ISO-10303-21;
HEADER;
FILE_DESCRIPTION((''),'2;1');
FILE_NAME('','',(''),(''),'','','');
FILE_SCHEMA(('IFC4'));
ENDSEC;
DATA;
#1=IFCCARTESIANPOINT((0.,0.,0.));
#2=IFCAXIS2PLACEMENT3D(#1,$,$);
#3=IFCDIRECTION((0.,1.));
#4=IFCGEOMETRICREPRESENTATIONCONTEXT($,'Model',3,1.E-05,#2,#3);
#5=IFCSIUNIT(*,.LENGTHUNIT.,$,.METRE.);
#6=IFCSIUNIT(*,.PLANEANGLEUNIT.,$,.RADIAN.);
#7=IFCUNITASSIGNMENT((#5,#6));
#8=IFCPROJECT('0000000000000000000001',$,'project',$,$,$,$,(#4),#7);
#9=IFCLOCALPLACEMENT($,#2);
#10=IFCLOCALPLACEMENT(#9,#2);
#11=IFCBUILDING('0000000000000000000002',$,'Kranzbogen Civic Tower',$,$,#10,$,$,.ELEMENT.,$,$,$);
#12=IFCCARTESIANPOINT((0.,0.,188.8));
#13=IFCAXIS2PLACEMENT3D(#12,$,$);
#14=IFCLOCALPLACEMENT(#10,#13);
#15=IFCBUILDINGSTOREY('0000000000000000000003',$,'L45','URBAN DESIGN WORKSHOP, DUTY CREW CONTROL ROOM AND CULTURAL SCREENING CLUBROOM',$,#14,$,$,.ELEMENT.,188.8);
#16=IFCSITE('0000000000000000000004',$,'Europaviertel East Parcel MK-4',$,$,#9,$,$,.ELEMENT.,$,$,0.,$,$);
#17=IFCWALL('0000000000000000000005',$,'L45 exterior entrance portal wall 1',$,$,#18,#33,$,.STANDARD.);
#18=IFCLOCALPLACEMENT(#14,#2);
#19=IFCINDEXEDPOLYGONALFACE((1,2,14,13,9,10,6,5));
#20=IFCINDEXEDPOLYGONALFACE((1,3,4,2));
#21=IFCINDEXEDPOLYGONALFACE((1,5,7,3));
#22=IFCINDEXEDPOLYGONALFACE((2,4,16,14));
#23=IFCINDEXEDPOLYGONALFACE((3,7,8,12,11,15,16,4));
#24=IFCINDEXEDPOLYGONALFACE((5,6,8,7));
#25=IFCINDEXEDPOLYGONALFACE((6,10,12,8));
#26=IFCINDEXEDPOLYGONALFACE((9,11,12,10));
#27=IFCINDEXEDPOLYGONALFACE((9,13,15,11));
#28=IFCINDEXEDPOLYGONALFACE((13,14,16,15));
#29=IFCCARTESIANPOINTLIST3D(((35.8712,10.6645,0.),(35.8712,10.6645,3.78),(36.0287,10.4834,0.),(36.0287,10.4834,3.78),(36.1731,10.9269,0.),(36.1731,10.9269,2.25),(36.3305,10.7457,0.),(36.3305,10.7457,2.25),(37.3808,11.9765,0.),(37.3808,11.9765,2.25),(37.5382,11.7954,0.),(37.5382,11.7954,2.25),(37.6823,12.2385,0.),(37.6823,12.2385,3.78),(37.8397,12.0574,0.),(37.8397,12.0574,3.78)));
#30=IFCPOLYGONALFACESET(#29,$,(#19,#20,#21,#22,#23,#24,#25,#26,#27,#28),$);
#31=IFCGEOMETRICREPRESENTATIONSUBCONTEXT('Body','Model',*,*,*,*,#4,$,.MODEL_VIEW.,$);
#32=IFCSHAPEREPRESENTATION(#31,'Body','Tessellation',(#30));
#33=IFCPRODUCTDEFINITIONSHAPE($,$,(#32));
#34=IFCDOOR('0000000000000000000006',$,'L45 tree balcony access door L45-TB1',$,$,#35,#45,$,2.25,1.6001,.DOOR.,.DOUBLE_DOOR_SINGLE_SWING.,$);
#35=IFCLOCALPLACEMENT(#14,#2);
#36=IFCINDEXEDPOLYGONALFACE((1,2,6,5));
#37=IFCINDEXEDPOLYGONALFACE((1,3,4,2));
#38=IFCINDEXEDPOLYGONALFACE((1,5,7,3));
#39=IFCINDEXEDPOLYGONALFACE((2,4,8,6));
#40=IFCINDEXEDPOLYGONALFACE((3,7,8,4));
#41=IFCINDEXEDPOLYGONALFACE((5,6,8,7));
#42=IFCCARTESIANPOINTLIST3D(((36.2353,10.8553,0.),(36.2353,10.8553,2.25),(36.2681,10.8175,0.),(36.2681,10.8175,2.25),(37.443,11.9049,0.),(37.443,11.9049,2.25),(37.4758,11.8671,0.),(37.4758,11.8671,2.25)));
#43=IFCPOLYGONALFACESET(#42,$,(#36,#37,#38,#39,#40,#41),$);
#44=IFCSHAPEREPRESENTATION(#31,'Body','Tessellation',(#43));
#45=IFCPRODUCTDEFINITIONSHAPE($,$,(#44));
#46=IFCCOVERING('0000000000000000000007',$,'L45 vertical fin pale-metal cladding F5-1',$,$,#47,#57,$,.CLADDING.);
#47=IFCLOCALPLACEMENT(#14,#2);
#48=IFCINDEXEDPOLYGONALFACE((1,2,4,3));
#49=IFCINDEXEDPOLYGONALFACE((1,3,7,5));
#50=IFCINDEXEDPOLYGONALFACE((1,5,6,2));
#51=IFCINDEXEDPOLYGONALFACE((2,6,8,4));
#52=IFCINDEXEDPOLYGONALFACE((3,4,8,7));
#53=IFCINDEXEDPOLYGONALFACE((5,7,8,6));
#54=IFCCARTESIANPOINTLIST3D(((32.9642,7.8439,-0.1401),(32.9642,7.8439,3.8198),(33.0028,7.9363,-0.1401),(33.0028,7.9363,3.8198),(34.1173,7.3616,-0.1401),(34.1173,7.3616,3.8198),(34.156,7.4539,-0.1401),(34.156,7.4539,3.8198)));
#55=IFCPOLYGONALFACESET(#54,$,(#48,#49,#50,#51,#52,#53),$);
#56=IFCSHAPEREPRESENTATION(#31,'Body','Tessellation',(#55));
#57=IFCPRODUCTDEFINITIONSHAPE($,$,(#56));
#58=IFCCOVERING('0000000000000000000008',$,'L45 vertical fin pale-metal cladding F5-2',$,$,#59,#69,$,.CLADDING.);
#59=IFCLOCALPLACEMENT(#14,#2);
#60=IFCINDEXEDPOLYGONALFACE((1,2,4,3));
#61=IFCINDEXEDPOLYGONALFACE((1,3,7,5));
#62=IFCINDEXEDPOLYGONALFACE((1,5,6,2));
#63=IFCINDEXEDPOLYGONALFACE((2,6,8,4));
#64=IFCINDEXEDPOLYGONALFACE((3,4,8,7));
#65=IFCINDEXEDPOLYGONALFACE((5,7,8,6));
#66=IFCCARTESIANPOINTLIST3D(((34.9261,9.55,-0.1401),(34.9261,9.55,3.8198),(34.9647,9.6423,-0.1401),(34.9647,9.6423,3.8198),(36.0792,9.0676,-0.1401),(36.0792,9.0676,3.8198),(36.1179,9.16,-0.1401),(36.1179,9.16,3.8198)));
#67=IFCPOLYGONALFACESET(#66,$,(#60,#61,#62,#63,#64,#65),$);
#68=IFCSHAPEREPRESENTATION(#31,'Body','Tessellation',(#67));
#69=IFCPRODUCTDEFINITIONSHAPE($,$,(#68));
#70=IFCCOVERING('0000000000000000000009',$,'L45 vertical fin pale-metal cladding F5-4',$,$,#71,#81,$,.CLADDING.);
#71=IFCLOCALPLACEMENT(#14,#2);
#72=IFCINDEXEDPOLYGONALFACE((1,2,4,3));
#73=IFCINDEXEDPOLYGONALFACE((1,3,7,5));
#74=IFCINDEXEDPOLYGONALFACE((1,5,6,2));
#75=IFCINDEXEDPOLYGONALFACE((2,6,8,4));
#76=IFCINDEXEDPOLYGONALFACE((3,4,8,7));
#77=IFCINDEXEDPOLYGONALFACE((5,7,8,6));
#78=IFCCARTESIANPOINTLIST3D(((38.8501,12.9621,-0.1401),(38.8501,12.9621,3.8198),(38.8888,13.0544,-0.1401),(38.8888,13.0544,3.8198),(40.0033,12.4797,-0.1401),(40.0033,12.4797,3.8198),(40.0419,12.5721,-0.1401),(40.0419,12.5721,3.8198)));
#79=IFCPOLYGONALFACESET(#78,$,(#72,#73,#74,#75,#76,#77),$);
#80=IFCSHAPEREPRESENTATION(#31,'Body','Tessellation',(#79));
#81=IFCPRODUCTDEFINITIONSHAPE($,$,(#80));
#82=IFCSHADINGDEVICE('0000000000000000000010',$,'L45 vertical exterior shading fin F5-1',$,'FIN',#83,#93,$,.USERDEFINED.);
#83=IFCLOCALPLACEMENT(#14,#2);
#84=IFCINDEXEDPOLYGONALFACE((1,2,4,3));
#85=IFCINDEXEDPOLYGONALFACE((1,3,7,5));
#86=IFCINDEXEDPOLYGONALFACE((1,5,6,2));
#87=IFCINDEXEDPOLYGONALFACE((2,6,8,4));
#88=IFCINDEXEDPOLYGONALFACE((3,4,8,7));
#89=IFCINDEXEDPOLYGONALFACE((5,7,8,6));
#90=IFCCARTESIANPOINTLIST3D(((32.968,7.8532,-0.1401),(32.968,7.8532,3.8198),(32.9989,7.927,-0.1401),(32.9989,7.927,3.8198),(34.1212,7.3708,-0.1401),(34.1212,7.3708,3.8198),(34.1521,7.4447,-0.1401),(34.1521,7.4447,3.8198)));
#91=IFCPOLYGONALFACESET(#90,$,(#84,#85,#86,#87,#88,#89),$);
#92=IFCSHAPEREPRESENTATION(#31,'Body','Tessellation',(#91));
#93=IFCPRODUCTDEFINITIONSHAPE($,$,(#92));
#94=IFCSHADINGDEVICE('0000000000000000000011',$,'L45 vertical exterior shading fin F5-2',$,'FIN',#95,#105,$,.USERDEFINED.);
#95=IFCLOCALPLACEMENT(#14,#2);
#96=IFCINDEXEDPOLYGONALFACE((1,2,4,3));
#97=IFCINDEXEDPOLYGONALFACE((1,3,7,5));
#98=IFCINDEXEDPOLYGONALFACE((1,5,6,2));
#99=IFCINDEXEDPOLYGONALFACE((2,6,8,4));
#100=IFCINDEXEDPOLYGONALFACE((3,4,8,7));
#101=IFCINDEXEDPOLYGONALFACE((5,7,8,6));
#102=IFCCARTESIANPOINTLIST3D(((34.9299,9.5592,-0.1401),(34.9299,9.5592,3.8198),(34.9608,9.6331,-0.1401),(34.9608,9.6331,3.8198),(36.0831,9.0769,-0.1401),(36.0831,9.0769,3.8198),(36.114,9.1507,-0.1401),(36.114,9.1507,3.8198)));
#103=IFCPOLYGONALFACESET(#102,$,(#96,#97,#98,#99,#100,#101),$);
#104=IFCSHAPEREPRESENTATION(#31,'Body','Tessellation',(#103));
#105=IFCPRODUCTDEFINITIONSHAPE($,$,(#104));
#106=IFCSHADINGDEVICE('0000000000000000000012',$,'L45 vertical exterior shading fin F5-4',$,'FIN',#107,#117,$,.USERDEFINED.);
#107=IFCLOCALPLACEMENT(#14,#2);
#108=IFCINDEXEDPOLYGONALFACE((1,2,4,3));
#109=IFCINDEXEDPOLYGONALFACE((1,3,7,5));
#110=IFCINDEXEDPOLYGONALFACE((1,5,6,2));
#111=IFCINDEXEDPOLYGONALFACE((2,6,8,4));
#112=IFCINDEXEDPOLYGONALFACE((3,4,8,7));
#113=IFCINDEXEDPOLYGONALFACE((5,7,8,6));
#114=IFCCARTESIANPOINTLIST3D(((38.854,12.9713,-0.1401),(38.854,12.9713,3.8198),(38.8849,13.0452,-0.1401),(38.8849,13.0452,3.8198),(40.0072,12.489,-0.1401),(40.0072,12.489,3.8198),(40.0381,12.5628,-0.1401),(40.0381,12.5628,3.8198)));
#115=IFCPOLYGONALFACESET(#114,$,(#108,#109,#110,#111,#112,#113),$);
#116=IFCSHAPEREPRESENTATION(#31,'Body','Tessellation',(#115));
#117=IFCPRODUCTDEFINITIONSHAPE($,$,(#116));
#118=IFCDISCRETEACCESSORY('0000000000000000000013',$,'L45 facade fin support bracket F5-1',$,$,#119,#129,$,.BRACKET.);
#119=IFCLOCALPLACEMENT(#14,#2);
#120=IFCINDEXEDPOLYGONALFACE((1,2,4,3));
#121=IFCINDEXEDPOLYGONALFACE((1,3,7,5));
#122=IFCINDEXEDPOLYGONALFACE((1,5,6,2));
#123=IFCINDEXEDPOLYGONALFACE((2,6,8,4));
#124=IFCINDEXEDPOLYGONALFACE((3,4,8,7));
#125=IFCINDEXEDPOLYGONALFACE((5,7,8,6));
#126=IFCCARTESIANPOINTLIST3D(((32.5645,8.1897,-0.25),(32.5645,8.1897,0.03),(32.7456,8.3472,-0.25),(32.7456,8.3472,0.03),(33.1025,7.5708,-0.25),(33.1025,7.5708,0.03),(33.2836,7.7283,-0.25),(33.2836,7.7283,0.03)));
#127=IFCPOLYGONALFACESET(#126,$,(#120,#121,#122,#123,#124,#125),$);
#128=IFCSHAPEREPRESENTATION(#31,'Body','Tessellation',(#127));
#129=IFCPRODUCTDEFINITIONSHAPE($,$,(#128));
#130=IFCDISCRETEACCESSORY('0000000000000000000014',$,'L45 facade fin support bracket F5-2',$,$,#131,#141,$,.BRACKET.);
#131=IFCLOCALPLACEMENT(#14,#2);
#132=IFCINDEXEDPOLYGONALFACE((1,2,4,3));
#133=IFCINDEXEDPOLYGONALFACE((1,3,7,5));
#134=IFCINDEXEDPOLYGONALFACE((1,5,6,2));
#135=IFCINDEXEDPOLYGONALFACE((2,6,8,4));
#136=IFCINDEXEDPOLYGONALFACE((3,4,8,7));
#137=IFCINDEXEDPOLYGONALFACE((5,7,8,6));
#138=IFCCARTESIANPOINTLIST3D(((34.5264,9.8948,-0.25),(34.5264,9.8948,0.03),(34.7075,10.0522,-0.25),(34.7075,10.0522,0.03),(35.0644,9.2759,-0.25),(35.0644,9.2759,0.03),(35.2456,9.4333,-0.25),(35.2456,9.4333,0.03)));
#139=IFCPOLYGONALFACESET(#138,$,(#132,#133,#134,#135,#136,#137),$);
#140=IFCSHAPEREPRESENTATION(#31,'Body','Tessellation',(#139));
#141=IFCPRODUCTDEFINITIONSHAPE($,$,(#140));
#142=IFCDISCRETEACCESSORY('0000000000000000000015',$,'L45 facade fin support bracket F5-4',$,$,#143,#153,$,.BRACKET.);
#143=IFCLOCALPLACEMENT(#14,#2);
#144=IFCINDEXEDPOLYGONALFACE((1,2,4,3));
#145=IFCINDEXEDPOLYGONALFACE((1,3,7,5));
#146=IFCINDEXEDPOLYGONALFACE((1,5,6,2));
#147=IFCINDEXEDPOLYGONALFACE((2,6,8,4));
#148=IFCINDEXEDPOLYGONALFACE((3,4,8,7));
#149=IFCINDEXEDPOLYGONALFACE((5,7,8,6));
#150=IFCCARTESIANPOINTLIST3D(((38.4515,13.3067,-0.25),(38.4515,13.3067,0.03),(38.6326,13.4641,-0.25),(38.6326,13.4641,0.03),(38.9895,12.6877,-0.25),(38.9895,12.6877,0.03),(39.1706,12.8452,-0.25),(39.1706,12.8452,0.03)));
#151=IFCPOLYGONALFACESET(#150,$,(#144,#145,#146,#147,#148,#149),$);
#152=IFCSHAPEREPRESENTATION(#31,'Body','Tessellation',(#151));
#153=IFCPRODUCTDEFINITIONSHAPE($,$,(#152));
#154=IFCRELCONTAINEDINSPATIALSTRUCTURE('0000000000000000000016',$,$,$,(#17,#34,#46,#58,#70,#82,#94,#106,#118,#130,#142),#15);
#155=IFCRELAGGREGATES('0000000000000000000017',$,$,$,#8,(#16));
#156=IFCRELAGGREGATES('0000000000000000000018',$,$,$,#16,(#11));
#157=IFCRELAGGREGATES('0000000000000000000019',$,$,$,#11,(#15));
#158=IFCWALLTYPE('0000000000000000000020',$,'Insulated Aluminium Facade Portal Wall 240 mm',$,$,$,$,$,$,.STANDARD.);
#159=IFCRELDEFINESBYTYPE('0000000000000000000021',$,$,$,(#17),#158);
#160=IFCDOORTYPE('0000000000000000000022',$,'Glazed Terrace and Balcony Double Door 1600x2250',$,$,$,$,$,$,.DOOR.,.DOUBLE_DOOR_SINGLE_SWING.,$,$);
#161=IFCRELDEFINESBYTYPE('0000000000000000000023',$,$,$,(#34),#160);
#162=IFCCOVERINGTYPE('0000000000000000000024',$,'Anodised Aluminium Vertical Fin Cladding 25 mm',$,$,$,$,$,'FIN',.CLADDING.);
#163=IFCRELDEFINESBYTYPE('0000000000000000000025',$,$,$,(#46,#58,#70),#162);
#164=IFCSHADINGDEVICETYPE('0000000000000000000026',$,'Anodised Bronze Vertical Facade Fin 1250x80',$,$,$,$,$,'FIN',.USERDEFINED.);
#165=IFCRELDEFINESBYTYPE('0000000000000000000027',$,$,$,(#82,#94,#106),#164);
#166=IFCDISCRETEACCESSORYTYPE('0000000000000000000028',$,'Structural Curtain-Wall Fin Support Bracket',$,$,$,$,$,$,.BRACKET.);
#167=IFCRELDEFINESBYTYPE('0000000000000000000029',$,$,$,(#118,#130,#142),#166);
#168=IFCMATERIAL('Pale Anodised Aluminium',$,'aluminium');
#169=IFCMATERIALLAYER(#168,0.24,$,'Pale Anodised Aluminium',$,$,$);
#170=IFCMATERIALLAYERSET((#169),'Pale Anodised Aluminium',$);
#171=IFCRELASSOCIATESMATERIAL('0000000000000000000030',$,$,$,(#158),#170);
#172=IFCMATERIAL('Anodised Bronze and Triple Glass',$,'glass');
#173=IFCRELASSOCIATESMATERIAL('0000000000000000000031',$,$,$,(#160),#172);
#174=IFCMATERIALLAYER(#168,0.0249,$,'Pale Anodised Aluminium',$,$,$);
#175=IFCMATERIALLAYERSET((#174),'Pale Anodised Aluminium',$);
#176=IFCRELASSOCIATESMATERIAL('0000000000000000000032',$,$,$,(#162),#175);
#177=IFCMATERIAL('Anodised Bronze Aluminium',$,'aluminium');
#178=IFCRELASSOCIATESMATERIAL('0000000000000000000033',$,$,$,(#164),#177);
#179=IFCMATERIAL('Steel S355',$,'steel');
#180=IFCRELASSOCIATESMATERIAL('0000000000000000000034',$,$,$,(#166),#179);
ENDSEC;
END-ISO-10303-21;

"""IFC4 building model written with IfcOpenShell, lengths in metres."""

from ifc_helpers import new_model, si_unit, direction, frame, frame_2d, origin, origin_2d, place, context, subcontext, project, spatial, rectangle, extrude, material, layer, layer_set, type_object, element, fill, save


model = new_model("IFC4")

# Units and contexts
model_context = context("Model", 3, precision=1e-05, world=origin(), true_north=direction((0.0, 1.0)))
body_context = subcontext(model_context, "Body", "Model", "MODEL_VIEW")
ifc_project = project(units=[si_unit("LENGTHUNIT", "METRE"), si_unit("PLANEANGLEUNIT", "RADIAN")], contexts=[model_context])

# Site, building, storey
site_placement = place(None, origin())
site = spatial("IfcSite", under=ifc_project, at=site_placement, Name="Europaviertel East Parcel MK-4", CompositionType="ELEMENT", RefElevation=0.0)
building_placement = place(site_placement, origin())
building = spatial("IfcBuilding", under=site, at=building_placement, Name="Kranzbogen Civic Tower", CompositionType="ELEMENT")
storey_placement = place(building_placement, frame((0.0, 0.0, 188.8)))
storey = spatial("IfcBuildingStorey", under=building, at=storey_placement, Name="L45", Description="URBAN DESIGN WORKSHOP, DUTY CREW CONTROL ROOM AND CULTURAL SCREENING CLUBROOM", CompositionType="ELEMENT", Elevation=188.8)

# Shared definitions
ifc_material_1 = material(Name="Steel S355", Category="steel")

# Shared definitions
ifc_material_2 = material(Name="Pale Anodised Aluminium", Category="aluminium")

# Wall, opening, door
ifc_layer_1 = layer(ifc_material_2, 0.24, Name="Pale Anodised Aluminium")
ifc_layer_set_1 = layer_set([ifc_layer_1], Name="Pale Anodised Aluminium")
wall_type_1 = type_object("IfcWallType", Name="Insulated Aluminium Facade Portal Wall 240 mm", PredefinedType="STANDARD", material=ifc_layer_set_1)
wall_1_placement = place(storey_placement, frame((35.95, 10.574, 0.0), z_axis=(0.0, 0.0, 1.0), x_axis=(0.754779, 0.65598, 0.0)))
wall_1 = element("IfcWall", 1, at=wall_1_placement, inside=storey, type_object=wall_type_1, Name="L45 exterior entrance portal wall 1", PredefinedType="STANDARD", context=body_context, shape_type="SweptSolid", body=[
    extrude(rectangle(XDim=2.3994, YDim=0.24, at=frame_2d((1.1997, 0.0))), origin(), (0.0, 0.0, 1.0), 3.78),
])
opening_placement = place(wall_1_placement, frame((0.3999, 0.0, 0.0)))
opening = element("IfcOpeningElement", 2, at=opening_placement, cuts=wall_1, PredefinedType="OPENING", context=body_context, shape_type="SweptSolid", body=[
    extrude(rectangle(XDim=1.6001, YDim=2.25, at=frame_2d((0.8, 1.125))), frame((0.0, 0.1299, 0.0), z_axis=(0.0, -1.0, 0.0), x_axis=(1.0, 0.0, 0.0)), (0.0, 0.0, 1.0), 0.26),
])
ifc_material_3 = material(Name="Anodised Bronze and Triple Glass", Category="glass")
door_type = type_object("IfcDoorType", Name="Glazed Terrace and Balcony Double Door 1600x2250", OperationType="DOUBLE_DOOR_SINGLE_SWING", PredefinedType="DOOR", material=ifc_material_3)
door_placement = place(opening_placement, frame((1.6001, 0.0, 0.0), z_axis=(0.0, 0.0, 1.0), x_axis=(-1.0, 0.0, 0.0)))
door = element("IfcDoor", 3, at=door_placement, inside=storey, type_object=door_type, Name="L45 tree balcony access door L45-TB1", OperationType="DOUBLE_DOOR_SINGLE_SWING", OverallHeight=2.25, OverallWidth=1.6001, PredefinedType="DOOR", context=body_context, shape_type="SweptSolid", body=[
    extrude(rectangle(XDim=1.6001, YDim=2.25, at=frame_2d((0.8, 1.125))), frame((0.0, 0.0249, 0.0), z_axis=(0.0, -1.0, 0.0), x_axis=(1.0, 0.0, 0.0)), (0.0, 0.0, 1.0), 0.05),
])
fill(opening, door)

# Coverings
ifc_layer_2 = layer(ifc_material_2, 0.0249, Name="Pale Anodised Aluminium")
ifc_layer_set_2 = layer_set([ifc_layer_2], Name="Pale Anodised Aluminium")
covering_type = type_object("IfcCoveringType", Name="Anodised Aluminium Vertical Fin Cladding 25 mm", ElementType="FIN", PredefinedType="CLADDING", material=ifc_layer_set_2)
for number, where, z_axis, x_axis, name in (
    (4, (33.5601, 7.6489, -0.1401), (0.0, 0.0, 1.0), (0.922545, -0.38589, 0.0), "L45 vertical fin pale-metal cladding F5-1"),
    (5, (35.522, 9.355, -0.1401), (0.0, 0.0, 1.0), (0.922545, -0.38589, 0.0), "L45 vertical fin pale-metal cladding F5-2"),
    (6, (39.446, 12.7671, -0.1401), (0.0, 0.0, 1.0), (0.922545, -0.38589, 0.0), "L45 vertical fin pale-metal cladding F5-4"),
):
    element("IfcCovering", number, at=place(storey_placement, frame(where, z_axis=z_axis, x_axis=x_axis)), inside=storey, type_object=covering_type, Name=name, PredefinedType="CLADDING", context=body_context, shape_type="SweptSolid", body=[
        extrude(rectangle(XDim=1.25, YDim=0.1001, at=origin_2d()), origin(), (0.0, 0.0, 1.0), 3.96),
    ])

# Shading devices
ifc_material_4 = material(Name="Anodised Bronze Aluminium", Category="aluminium")
shading_device_type = type_object("IfcShadingDeviceType", Name="Anodised Bronze Vertical Facade Fin 1250x80", ElementType="FIN", PredefinedType="USERDEFINED", material=ifc_material_4)
for number, where, z_axis, x_axis, name in (
    (7, (33.5601, 7.6489, -0.1401), (0.0, 0.0, 1.0), (0.922545, -0.38589, 0.0), "L45 vertical exterior shading fin F5-1"),
    (8, (35.522, 9.355, -0.1401), (0.0, 0.0, 1.0), (0.922545, -0.38589, 0.0), "L45 vertical exterior shading fin F5-2"),
    (9, (39.446, 12.7671, -0.1401), (0.0, 0.0, 1.0), (0.922545, -0.38589, 0.0), "L45 vertical exterior shading fin F5-4"),
):
    element("IfcShadingDevice", number, at=place(storey_placement, frame(where, z_axis=z_axis, x_axis=x_axis)), inside=storey, type_object=shading_device_type, Name=name, ObjectType="FIN", PredefinedType="USERDEFINED", context=body_context, shape_type="SweptSolid", body=[
        extrude(rectangle(XDim=1.25, YDim=0.0801, at=origin_2d()), origin(), (0.0, 0.0, 1.0), 3.96),
    ])

# Discrete accessories
discrete_accessory_type = type_object("IfcDiscreteAccessoryType", Name="Structural Curtain-Wall Fin Support Bracket", PredefinedType="BRACKET", material=ifc_material_1)
for number, where, z_axis, x_axis, name in (
    (10, (32.9241, 7.959, -0.25), (0.0, 0.0, 1.0), (0.656059, -0.75471, 0.0), "L45 facade fin support bracket F5-1"),
    (11, (34.886, 9.6641, -0.25), (0.0, 0.0, 1.0), (0.656059, -0.75471, 0.0), "L45 facade fin support bracket F5-2"),
    (12, (38.811, 13.0759, -0.25), (0.0, 0.0, 1.0), (0.656059, -0.75471, 0.0), "L45 facade fin support bracket F5-4"),
):
    element("IfcDiscreteAccessory", number, at=place(storey_placement, frame(where, z_axis=z_axis, x_axis=x_axis)), inside=storey, type_object=discrete_accessory_type, Name=name, PredefinedType="BRACKET", context=body_context, shape_type="SweptSolid", body=[
        extrude(rectangle(XDim=0.8201, YDim=0.24, at=origin_2d()), origin(), (0.0, 0.0, 1.0), 0.28),
    ])

save(model, "model.ifc")
